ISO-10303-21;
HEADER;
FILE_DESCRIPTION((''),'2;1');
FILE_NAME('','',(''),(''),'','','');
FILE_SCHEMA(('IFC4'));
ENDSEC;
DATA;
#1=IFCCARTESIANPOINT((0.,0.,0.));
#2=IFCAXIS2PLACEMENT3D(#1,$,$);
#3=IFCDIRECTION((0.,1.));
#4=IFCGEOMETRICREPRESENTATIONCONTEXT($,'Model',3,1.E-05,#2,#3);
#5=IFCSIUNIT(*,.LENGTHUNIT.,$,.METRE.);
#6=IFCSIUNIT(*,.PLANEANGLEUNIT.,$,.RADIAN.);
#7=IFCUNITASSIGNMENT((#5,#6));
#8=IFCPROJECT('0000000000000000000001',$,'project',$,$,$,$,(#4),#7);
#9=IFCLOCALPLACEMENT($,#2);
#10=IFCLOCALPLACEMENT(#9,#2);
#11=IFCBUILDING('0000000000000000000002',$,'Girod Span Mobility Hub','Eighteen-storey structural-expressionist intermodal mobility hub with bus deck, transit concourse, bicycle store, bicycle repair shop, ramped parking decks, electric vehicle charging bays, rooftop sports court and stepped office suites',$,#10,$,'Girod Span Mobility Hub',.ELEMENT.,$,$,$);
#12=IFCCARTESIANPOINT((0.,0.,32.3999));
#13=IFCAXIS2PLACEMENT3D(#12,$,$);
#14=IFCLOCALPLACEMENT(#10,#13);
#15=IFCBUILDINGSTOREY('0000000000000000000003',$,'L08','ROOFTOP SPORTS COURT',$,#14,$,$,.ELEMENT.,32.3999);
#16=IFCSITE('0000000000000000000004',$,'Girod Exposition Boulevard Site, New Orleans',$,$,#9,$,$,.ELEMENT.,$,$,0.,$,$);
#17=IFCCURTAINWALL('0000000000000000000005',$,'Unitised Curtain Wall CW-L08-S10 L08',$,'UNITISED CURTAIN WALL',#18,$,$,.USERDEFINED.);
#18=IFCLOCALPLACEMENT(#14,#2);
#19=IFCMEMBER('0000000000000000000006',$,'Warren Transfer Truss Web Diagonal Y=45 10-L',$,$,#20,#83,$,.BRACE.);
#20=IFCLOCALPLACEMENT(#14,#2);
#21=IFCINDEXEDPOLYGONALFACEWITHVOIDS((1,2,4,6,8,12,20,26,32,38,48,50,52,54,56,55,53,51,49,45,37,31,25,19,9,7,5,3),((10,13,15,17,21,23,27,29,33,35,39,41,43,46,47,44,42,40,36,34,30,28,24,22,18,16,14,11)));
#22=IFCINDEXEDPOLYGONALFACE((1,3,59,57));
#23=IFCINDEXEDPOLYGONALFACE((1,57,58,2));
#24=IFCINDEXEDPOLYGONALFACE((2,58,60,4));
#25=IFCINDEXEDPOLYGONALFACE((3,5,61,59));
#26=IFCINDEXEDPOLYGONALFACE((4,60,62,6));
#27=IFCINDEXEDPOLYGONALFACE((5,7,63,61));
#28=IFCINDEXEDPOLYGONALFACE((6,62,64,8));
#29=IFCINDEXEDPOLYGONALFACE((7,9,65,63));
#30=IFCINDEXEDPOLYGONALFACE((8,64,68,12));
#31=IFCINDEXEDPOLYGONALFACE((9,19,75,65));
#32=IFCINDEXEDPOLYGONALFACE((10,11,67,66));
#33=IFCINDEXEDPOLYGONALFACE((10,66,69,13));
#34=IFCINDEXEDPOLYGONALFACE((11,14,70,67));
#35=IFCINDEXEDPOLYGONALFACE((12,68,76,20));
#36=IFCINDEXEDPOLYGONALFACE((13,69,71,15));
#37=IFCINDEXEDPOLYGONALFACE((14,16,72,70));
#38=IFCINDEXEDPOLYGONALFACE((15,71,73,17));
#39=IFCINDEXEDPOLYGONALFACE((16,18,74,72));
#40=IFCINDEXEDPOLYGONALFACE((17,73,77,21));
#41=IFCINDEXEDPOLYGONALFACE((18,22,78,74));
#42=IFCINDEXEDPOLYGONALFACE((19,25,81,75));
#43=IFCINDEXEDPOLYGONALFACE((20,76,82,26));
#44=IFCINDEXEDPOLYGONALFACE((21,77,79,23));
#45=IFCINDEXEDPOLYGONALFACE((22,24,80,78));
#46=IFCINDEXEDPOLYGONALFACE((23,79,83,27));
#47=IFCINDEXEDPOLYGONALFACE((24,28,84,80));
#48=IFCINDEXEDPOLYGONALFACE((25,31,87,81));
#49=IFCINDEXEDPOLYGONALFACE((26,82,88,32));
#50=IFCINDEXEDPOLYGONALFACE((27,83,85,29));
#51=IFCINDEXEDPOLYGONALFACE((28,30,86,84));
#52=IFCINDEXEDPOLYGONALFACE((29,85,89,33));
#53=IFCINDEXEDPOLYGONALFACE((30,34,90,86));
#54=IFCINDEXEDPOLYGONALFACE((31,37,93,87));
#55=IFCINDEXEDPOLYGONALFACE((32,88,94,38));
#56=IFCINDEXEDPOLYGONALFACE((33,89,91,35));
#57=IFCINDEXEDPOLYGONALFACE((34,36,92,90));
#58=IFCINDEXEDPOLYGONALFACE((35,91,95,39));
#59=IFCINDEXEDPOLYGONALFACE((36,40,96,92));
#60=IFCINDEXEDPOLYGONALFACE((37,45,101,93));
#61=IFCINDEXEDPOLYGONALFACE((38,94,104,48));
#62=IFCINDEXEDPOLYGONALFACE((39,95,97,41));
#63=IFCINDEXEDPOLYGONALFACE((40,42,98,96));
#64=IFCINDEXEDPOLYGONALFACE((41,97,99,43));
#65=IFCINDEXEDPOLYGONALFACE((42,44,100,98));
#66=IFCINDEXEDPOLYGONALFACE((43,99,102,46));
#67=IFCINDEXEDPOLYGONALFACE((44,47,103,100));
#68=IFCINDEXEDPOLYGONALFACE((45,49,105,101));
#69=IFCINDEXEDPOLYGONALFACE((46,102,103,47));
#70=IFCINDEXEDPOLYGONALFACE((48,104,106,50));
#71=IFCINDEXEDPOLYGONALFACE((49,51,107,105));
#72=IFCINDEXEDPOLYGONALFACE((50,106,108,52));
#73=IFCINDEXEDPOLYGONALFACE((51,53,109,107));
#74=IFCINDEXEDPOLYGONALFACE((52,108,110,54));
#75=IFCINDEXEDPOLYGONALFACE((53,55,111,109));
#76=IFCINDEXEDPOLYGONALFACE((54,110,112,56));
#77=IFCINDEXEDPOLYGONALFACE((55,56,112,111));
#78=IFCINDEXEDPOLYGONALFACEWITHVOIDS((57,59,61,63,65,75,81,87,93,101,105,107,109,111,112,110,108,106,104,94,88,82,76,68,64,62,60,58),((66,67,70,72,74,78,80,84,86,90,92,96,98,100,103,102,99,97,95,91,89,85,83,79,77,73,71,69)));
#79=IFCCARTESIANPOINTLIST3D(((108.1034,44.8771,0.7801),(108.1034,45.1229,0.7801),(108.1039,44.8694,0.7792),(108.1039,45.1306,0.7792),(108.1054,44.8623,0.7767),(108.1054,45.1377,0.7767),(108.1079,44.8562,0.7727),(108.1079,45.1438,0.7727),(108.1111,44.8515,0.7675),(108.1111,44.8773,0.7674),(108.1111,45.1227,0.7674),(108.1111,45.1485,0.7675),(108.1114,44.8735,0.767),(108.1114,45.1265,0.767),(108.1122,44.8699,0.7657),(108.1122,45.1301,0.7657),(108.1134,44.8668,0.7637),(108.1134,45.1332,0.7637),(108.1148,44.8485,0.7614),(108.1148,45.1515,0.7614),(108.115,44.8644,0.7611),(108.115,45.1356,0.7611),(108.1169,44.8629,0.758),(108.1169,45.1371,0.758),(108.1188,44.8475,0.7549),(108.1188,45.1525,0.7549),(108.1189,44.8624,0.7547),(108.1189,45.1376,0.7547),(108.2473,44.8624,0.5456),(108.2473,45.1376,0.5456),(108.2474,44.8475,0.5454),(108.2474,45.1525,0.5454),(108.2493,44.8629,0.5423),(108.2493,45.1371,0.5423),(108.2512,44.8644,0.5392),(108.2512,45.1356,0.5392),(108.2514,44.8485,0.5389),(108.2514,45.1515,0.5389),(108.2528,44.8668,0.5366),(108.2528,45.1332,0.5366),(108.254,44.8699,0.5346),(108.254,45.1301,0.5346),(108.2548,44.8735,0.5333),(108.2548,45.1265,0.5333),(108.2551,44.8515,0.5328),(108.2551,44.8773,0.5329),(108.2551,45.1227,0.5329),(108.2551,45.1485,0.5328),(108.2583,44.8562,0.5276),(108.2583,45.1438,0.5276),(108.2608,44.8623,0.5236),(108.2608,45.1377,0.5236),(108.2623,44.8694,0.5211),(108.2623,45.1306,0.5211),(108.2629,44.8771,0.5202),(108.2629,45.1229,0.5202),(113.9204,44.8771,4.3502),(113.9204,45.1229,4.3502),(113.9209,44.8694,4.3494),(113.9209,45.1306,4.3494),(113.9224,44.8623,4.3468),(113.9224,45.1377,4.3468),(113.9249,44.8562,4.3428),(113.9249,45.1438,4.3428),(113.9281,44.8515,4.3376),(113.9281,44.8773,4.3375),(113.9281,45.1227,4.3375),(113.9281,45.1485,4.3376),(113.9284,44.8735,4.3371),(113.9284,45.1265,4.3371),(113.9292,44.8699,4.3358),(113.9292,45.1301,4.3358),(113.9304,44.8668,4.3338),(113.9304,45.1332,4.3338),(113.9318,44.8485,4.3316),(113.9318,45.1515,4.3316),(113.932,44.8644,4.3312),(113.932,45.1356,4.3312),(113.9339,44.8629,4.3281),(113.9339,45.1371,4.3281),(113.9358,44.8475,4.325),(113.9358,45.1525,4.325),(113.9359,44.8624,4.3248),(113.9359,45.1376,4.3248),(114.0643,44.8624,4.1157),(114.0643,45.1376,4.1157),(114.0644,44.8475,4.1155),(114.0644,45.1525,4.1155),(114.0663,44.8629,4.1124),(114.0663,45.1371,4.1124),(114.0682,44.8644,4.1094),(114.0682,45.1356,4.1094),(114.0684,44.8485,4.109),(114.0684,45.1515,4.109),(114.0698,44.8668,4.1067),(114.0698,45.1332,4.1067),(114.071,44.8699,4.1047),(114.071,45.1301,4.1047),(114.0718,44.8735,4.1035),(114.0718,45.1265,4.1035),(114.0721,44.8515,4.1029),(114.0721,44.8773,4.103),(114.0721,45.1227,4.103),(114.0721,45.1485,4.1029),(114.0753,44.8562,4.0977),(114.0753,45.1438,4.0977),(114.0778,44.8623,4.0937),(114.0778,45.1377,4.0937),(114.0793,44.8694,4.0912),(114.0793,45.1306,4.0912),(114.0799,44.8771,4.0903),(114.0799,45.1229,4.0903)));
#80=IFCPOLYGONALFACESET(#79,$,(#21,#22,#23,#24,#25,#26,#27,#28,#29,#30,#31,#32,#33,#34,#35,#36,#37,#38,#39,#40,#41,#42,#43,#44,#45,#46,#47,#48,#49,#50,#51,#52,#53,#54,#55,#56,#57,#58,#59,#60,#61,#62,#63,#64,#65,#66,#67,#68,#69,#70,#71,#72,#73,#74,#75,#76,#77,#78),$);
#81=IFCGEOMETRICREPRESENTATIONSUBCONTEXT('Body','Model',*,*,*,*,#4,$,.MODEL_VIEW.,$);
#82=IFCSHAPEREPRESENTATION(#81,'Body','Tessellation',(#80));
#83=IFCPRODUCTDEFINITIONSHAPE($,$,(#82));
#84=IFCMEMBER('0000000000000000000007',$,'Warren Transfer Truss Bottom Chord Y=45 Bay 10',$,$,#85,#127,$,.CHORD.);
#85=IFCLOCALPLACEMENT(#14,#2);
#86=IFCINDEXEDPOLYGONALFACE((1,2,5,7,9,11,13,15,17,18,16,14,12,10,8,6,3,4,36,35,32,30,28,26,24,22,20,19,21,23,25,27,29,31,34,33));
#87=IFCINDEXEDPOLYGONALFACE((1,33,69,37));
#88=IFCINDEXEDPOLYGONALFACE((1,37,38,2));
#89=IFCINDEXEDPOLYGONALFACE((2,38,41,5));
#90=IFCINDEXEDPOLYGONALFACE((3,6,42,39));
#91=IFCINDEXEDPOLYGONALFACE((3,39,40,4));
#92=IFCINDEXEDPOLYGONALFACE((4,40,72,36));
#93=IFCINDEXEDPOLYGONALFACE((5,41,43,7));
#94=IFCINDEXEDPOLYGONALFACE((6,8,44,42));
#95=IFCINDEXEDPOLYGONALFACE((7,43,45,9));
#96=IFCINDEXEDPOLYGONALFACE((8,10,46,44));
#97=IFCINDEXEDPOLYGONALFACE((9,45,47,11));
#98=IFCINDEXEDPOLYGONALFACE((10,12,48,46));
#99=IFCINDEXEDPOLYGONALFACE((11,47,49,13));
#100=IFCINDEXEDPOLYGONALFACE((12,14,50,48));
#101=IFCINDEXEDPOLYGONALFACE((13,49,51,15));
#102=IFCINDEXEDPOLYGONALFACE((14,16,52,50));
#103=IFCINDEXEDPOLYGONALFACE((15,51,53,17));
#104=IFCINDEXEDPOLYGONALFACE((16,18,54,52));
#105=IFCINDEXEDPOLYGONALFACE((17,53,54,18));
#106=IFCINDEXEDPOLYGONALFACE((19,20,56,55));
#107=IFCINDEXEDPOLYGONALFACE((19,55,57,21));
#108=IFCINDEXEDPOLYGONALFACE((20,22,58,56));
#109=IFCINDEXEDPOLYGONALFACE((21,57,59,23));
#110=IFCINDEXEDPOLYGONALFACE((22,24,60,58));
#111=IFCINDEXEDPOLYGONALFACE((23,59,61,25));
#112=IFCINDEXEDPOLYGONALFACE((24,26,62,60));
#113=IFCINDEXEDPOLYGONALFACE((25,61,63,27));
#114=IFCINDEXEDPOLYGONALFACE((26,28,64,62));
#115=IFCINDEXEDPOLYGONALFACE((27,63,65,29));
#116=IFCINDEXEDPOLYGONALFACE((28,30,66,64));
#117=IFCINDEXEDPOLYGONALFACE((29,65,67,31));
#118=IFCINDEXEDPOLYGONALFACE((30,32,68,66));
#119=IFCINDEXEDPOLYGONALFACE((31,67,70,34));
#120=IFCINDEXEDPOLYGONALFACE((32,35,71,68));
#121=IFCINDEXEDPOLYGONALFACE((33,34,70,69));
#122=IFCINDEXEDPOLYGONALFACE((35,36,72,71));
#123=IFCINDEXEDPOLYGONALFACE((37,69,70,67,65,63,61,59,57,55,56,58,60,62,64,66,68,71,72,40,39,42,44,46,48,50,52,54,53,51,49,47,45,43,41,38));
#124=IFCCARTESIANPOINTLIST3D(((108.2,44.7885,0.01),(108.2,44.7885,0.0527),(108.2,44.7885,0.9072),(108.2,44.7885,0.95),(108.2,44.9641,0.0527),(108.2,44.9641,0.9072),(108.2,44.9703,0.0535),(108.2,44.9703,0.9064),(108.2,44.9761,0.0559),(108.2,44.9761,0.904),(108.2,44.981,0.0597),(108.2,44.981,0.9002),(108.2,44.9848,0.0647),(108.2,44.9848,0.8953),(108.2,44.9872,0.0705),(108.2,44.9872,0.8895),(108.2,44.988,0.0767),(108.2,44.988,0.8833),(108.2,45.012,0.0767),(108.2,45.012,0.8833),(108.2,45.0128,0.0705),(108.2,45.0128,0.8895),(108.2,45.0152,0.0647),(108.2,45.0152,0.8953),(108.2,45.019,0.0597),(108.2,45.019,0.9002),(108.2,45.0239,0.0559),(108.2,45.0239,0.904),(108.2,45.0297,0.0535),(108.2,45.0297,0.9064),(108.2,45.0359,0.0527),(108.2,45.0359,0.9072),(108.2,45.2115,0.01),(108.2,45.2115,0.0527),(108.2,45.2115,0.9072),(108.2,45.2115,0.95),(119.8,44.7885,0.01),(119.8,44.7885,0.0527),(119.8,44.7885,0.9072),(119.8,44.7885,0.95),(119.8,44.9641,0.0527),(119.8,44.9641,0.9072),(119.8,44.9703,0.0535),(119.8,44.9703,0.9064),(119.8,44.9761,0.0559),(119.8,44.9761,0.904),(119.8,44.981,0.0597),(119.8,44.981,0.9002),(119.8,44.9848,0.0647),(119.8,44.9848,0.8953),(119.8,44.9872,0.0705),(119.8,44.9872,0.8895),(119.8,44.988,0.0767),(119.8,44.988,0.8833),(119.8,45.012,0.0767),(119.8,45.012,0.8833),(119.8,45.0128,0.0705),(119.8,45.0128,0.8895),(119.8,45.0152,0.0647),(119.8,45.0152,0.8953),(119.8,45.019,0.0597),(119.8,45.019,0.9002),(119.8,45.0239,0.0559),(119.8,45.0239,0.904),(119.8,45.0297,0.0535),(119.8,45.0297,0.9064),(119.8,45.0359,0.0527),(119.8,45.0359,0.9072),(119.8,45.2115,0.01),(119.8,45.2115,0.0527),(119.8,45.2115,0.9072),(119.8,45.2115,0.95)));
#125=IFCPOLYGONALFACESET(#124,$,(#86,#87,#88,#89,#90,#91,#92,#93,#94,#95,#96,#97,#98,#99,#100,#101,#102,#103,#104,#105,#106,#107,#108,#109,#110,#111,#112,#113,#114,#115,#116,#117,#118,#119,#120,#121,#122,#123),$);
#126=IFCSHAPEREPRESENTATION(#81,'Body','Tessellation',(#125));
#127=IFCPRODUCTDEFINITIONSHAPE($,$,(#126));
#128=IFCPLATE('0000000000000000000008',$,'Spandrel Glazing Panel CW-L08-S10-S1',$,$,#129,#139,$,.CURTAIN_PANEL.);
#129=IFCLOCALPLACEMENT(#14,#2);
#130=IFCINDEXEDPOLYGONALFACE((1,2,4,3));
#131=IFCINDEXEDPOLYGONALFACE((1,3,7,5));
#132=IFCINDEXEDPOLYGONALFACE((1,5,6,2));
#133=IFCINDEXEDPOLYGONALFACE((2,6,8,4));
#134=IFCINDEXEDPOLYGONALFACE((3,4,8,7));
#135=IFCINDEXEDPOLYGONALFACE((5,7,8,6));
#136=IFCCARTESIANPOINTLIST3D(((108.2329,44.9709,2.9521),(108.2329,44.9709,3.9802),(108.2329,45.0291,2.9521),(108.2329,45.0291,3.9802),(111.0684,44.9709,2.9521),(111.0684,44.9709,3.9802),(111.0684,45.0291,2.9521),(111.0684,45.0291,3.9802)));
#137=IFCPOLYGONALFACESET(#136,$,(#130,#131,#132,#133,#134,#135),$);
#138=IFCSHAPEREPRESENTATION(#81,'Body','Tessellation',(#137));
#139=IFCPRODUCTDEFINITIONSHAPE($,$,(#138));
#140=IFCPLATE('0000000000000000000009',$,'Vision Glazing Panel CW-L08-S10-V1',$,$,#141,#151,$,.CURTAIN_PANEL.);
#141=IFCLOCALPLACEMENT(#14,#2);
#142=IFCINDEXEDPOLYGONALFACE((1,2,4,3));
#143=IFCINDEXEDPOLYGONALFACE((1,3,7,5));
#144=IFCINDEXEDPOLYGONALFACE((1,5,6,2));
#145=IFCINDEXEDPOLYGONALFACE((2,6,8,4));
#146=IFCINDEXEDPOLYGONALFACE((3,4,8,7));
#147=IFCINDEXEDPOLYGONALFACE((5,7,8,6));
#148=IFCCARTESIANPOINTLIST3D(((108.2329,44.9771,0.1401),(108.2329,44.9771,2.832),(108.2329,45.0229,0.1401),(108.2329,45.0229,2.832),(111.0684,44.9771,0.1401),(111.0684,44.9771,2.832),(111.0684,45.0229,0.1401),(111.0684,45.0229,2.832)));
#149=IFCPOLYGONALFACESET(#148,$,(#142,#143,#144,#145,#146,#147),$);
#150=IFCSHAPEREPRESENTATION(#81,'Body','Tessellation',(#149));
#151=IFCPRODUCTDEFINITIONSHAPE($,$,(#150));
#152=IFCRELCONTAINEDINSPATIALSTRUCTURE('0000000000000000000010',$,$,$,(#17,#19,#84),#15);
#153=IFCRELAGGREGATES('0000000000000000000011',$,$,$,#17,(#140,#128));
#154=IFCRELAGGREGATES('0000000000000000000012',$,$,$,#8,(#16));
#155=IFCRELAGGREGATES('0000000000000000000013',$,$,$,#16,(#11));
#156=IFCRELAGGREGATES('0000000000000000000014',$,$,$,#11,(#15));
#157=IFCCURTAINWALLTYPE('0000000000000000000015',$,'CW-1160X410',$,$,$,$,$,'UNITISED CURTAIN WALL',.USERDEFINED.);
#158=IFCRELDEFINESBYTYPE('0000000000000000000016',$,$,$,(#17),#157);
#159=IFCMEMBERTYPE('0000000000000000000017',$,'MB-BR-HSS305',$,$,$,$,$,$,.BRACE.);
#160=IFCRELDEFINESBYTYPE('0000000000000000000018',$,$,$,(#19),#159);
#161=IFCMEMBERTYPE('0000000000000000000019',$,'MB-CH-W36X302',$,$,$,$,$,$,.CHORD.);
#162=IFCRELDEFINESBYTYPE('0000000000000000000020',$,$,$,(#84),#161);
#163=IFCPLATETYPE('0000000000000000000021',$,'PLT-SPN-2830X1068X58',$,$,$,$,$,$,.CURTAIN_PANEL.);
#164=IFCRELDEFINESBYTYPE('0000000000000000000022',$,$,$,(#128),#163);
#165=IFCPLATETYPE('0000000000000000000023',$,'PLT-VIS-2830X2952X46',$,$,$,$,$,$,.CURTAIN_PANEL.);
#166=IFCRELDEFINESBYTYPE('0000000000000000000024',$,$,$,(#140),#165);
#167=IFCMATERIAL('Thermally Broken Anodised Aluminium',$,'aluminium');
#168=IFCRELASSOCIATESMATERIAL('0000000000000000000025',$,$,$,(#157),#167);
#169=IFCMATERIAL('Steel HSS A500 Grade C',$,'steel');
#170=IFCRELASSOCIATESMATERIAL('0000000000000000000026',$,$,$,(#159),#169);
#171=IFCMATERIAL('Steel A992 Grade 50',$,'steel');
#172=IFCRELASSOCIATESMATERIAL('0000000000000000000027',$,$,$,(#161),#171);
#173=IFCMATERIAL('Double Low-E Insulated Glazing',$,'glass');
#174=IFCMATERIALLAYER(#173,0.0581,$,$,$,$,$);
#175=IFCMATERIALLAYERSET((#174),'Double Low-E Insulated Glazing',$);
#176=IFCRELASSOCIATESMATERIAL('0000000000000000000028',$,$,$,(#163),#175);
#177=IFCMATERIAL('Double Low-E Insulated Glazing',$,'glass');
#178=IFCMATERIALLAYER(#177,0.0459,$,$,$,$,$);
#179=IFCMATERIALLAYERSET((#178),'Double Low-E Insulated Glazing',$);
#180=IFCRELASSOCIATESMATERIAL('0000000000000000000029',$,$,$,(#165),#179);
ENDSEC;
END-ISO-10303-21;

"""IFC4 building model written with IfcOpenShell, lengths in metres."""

from ifc_helpers import new_model, si_unit, direction, frame, origin, origin_2d, place, context, subcontext, project, spatial, rectangle, hollow_rectangle, i_section, extrude, material, layer, layer_set, material_profile, profile_set, type_object, element, aggregate, save


model = new_model("IFC4")

# Units and contexts
model_context = context("Model", 3, precision=1e-05, world=origin(), true_north=direction((0.0, 1.0)))
body_context = subcontext(model_context, "Body", "Model", "MODEL_VIEW")
ifc_project = project(units=[si_unit("LENGTHUNIT", "METRE"), si_unit("PLANEANGLEUNIT", "RADIAN")], contexts=[model_context])

# Site, building, storey
site_placement = place(None, origin())
site = spatial("IfcSite", under=ifc_project, at=site_placement, Name="Girod Exposition Boulevard Site, New Orleans", CompositionType="ELEMENT", RefElevation=0.0)
building_placement = place(site_placement, origin())
building = spatial("IfcBuilding", under=site, at=building_placement, Name="Girod Span Mobility Hub", Description="Eighteen-storey structural-expressionist intermodal mobility hub with bus deck, transit concourse, bicycle store, bicycle repair shop, ramped parking decks, electric vehicle charging bays, rooftop sports court and stepped office suites", LongName="Girod Span Mobility Hub", CompositionType="ELEMENT")
storey_placement = place(building_placement, frame((0.0, 0.0, 32.3999)))
storey = spatial("IfcBuildingStorey", under=building, at=storey_placement, Name="L08", Description="ROOFTOP SPORTS COURT", CompositionType="ELEMENT", Elevation=32.3999)

# Curtain wall
ifc_material_1 = material(Name="Thermally Broken Anodised Aluminium", Category="aluminium")
curtain_wall_type = type_object("IfcCurtainWallType", Name="CW-1160X410", ElementType="UNITISED CURTAIN WALL", PredefinedType="USERDEFINED", material=ifc_material_1)
curtain_wall_placement = place(storey_placement, origin())
curtain_wall = element("IfcCurtainWall", 1, at=curtain_wall_placement, inside=storey, type_object=curtain_wall_type, Name="Unitised Curtain Wall CW-L08-S10 L08", ObjectType="UNITISED CURTAIN WALL", PredefinedType="USERDEFINED")

# Members
ifc_material_2 = material(Name="Steel HSS A500 Grade C", Category="steel")
ifc_material_profile_1 = material_profile(ifc_material_2, hollow_rectangle(XDim=0.3049, YDim=0.3049, WallThickness=0.0149, InnerFilletRadius=0.0149, OuterFilletRadius=0.0295, at=origin_2d()), Name="HSS305X305X16")
ifc_profile_set_1 = profile_set([ifc_material_profile_1], Name="Steel HSS A500 Grade C")
member_type_1 = type_object("IfcMemberType", Name="MB-BR-HSS305", PredefinedType="BRACE", material=ifc_profile_set_1)
member_1_placement = place(storey_placement, frame((108.1831, 45.0, 0.6501), z_axis=(0.852283, 0.0, 0.523081), x_axis=(0.0, 1.0, 0.0)))
element("IfcMember", 2, at=member_1_placement, inside=storey, type_object=member_type_1, Name="Warren Transfer Truss Web Diagonal Y=45 10-L", PredefinedType="BRACE", context=body_context, shape_type="SweptSolid", body=[
    extrude(hollow_rectangle(XDim=0.3049, YDim=0.3049, WallThickness=0.0149, InnerFilletRadius=0.0149, OuterFilletRadius=0.0295, at=origin_2d()), origin(), (0.0, 0.0, 1.0), 6.8252),
])
ifc_material_3 = material(Name="Steel A992 Grade 50", Category="steel")
ifc_material_profile_2 = material_profile(ifc_material_3, i_section(OverallWidth=0.4231, OverallDepth=0.9399, WebThickness=0.0239, FlangeThickness=0.0427, FilletRadius=0.0239, at=origin_2d()), Name="W36X302")
ifc_profile_set_2 = profile_set([ifc_material_profile_2], Name="Steel A992 Grade 50")
member_type_2 = type_object("IfcMemberType", Name="MB-CH-W36X302", PredefinedType="CHORD", material=ifc_profile_set_2)
member_2_placement = place(storey_placement, frame((108.2, 45.0, 0.48), z_axis=(1.0, 0.0, 0.0), x_axis=(0.0, 1.0, 0.0)))
element("IfcMember", 3, at=member_2_placement, inside=storey, type_object=member_type_2, Name="Warren Transfer Truss Bottom Chord Y=45 Bay 10", PredefinedType="CHORD", context=body_context, shape_type="SweptSolid", body=[
    extrude(i_section(OverallWidth=0.4231, OverallDepth=0.9399, WebThickness=0.0239, FlangeThickness=0.0427, FilletRadius=0.0239, at=origin_2d()), origin(), (0.0, 0.0, 1.0), 11.6001),
])

# Plates
ifc_material_4 = material(Name="Double Low-E Insulated Glazing", Category="glass")
ifc_layer_1 = layer(ifc_material_4, 0.0581)
ifc_layer_set_1 = layer_set([ifc_layer_1], Name="Double Low-E Insulated Glazing")
plate_type_1 = type_object("IfcPlateType", Name="PLT-SPN-2830X1068X58", PredefinedType="CURTAIN_PANEL", material=ifc_layer_set_1)
plate_1_placement = place(storey_placement, frame((109.6506, 45.0, 2.9521), z_axis=(0.0, 0.0, 1.0), x_axis=(1.0, 0.0, 0.0)))
plate_1 = element("IfcPlate", 4, at=plate_1_placement, type_object=plate_type_1, Name="Spandrel Glazing Panel CW-L08-S10-S1", PredefinedType="CURTAIN_PANEL", context=body_context, shape_type="SweptSolid", body=[
    extrude(rectangle(XDim=2.8354, YDim=0.0581, at=origin_2d()), origin(), (0.0, 0.0, 1.0), 1.0281),
])
ifc_material_5 = material(Name="Double Low-E Insulated Glazing", Category="glass")
ifc_layer_2 = layer(ifc_material_5, 0.0459)
ifc_layer_set_2 = layer_set([ifc_layer_2], Name="Double Low-E Insulated Glazing")
plate_type_2 = type_object("IfcPlateType", Name="PLT-VIS-2830X2952X46", PredefinedType="CURTAIN_PANEL", material=ifc_layer_set_2)
plate_2_placement = place(storey_placement, frame((109.6506, 45.0, 0.1401), z_axis=(0.0, 0.0, 1.0), x_axis=(1.0, 0.0, 0.0)))
plate_2 = element("IfcPlate", 5, at=plate_2_placement, type_object=plate_type_2, Name="Vision Glazing Panel CW-L08-S10-V1", PredefinedType="CURTAIN_PANEL", context=body_context, shape_type="SweptSolid", body=[
    extrude(rectangle(XDim=2.8354, YDim=0.0459, at=origin_2d()), origin(), (0.0, 0.0, 1.0), 2.6919),
])
aggregate(curtain_wall, [plate_2, plate_1])

save(model, "model.ifc")
